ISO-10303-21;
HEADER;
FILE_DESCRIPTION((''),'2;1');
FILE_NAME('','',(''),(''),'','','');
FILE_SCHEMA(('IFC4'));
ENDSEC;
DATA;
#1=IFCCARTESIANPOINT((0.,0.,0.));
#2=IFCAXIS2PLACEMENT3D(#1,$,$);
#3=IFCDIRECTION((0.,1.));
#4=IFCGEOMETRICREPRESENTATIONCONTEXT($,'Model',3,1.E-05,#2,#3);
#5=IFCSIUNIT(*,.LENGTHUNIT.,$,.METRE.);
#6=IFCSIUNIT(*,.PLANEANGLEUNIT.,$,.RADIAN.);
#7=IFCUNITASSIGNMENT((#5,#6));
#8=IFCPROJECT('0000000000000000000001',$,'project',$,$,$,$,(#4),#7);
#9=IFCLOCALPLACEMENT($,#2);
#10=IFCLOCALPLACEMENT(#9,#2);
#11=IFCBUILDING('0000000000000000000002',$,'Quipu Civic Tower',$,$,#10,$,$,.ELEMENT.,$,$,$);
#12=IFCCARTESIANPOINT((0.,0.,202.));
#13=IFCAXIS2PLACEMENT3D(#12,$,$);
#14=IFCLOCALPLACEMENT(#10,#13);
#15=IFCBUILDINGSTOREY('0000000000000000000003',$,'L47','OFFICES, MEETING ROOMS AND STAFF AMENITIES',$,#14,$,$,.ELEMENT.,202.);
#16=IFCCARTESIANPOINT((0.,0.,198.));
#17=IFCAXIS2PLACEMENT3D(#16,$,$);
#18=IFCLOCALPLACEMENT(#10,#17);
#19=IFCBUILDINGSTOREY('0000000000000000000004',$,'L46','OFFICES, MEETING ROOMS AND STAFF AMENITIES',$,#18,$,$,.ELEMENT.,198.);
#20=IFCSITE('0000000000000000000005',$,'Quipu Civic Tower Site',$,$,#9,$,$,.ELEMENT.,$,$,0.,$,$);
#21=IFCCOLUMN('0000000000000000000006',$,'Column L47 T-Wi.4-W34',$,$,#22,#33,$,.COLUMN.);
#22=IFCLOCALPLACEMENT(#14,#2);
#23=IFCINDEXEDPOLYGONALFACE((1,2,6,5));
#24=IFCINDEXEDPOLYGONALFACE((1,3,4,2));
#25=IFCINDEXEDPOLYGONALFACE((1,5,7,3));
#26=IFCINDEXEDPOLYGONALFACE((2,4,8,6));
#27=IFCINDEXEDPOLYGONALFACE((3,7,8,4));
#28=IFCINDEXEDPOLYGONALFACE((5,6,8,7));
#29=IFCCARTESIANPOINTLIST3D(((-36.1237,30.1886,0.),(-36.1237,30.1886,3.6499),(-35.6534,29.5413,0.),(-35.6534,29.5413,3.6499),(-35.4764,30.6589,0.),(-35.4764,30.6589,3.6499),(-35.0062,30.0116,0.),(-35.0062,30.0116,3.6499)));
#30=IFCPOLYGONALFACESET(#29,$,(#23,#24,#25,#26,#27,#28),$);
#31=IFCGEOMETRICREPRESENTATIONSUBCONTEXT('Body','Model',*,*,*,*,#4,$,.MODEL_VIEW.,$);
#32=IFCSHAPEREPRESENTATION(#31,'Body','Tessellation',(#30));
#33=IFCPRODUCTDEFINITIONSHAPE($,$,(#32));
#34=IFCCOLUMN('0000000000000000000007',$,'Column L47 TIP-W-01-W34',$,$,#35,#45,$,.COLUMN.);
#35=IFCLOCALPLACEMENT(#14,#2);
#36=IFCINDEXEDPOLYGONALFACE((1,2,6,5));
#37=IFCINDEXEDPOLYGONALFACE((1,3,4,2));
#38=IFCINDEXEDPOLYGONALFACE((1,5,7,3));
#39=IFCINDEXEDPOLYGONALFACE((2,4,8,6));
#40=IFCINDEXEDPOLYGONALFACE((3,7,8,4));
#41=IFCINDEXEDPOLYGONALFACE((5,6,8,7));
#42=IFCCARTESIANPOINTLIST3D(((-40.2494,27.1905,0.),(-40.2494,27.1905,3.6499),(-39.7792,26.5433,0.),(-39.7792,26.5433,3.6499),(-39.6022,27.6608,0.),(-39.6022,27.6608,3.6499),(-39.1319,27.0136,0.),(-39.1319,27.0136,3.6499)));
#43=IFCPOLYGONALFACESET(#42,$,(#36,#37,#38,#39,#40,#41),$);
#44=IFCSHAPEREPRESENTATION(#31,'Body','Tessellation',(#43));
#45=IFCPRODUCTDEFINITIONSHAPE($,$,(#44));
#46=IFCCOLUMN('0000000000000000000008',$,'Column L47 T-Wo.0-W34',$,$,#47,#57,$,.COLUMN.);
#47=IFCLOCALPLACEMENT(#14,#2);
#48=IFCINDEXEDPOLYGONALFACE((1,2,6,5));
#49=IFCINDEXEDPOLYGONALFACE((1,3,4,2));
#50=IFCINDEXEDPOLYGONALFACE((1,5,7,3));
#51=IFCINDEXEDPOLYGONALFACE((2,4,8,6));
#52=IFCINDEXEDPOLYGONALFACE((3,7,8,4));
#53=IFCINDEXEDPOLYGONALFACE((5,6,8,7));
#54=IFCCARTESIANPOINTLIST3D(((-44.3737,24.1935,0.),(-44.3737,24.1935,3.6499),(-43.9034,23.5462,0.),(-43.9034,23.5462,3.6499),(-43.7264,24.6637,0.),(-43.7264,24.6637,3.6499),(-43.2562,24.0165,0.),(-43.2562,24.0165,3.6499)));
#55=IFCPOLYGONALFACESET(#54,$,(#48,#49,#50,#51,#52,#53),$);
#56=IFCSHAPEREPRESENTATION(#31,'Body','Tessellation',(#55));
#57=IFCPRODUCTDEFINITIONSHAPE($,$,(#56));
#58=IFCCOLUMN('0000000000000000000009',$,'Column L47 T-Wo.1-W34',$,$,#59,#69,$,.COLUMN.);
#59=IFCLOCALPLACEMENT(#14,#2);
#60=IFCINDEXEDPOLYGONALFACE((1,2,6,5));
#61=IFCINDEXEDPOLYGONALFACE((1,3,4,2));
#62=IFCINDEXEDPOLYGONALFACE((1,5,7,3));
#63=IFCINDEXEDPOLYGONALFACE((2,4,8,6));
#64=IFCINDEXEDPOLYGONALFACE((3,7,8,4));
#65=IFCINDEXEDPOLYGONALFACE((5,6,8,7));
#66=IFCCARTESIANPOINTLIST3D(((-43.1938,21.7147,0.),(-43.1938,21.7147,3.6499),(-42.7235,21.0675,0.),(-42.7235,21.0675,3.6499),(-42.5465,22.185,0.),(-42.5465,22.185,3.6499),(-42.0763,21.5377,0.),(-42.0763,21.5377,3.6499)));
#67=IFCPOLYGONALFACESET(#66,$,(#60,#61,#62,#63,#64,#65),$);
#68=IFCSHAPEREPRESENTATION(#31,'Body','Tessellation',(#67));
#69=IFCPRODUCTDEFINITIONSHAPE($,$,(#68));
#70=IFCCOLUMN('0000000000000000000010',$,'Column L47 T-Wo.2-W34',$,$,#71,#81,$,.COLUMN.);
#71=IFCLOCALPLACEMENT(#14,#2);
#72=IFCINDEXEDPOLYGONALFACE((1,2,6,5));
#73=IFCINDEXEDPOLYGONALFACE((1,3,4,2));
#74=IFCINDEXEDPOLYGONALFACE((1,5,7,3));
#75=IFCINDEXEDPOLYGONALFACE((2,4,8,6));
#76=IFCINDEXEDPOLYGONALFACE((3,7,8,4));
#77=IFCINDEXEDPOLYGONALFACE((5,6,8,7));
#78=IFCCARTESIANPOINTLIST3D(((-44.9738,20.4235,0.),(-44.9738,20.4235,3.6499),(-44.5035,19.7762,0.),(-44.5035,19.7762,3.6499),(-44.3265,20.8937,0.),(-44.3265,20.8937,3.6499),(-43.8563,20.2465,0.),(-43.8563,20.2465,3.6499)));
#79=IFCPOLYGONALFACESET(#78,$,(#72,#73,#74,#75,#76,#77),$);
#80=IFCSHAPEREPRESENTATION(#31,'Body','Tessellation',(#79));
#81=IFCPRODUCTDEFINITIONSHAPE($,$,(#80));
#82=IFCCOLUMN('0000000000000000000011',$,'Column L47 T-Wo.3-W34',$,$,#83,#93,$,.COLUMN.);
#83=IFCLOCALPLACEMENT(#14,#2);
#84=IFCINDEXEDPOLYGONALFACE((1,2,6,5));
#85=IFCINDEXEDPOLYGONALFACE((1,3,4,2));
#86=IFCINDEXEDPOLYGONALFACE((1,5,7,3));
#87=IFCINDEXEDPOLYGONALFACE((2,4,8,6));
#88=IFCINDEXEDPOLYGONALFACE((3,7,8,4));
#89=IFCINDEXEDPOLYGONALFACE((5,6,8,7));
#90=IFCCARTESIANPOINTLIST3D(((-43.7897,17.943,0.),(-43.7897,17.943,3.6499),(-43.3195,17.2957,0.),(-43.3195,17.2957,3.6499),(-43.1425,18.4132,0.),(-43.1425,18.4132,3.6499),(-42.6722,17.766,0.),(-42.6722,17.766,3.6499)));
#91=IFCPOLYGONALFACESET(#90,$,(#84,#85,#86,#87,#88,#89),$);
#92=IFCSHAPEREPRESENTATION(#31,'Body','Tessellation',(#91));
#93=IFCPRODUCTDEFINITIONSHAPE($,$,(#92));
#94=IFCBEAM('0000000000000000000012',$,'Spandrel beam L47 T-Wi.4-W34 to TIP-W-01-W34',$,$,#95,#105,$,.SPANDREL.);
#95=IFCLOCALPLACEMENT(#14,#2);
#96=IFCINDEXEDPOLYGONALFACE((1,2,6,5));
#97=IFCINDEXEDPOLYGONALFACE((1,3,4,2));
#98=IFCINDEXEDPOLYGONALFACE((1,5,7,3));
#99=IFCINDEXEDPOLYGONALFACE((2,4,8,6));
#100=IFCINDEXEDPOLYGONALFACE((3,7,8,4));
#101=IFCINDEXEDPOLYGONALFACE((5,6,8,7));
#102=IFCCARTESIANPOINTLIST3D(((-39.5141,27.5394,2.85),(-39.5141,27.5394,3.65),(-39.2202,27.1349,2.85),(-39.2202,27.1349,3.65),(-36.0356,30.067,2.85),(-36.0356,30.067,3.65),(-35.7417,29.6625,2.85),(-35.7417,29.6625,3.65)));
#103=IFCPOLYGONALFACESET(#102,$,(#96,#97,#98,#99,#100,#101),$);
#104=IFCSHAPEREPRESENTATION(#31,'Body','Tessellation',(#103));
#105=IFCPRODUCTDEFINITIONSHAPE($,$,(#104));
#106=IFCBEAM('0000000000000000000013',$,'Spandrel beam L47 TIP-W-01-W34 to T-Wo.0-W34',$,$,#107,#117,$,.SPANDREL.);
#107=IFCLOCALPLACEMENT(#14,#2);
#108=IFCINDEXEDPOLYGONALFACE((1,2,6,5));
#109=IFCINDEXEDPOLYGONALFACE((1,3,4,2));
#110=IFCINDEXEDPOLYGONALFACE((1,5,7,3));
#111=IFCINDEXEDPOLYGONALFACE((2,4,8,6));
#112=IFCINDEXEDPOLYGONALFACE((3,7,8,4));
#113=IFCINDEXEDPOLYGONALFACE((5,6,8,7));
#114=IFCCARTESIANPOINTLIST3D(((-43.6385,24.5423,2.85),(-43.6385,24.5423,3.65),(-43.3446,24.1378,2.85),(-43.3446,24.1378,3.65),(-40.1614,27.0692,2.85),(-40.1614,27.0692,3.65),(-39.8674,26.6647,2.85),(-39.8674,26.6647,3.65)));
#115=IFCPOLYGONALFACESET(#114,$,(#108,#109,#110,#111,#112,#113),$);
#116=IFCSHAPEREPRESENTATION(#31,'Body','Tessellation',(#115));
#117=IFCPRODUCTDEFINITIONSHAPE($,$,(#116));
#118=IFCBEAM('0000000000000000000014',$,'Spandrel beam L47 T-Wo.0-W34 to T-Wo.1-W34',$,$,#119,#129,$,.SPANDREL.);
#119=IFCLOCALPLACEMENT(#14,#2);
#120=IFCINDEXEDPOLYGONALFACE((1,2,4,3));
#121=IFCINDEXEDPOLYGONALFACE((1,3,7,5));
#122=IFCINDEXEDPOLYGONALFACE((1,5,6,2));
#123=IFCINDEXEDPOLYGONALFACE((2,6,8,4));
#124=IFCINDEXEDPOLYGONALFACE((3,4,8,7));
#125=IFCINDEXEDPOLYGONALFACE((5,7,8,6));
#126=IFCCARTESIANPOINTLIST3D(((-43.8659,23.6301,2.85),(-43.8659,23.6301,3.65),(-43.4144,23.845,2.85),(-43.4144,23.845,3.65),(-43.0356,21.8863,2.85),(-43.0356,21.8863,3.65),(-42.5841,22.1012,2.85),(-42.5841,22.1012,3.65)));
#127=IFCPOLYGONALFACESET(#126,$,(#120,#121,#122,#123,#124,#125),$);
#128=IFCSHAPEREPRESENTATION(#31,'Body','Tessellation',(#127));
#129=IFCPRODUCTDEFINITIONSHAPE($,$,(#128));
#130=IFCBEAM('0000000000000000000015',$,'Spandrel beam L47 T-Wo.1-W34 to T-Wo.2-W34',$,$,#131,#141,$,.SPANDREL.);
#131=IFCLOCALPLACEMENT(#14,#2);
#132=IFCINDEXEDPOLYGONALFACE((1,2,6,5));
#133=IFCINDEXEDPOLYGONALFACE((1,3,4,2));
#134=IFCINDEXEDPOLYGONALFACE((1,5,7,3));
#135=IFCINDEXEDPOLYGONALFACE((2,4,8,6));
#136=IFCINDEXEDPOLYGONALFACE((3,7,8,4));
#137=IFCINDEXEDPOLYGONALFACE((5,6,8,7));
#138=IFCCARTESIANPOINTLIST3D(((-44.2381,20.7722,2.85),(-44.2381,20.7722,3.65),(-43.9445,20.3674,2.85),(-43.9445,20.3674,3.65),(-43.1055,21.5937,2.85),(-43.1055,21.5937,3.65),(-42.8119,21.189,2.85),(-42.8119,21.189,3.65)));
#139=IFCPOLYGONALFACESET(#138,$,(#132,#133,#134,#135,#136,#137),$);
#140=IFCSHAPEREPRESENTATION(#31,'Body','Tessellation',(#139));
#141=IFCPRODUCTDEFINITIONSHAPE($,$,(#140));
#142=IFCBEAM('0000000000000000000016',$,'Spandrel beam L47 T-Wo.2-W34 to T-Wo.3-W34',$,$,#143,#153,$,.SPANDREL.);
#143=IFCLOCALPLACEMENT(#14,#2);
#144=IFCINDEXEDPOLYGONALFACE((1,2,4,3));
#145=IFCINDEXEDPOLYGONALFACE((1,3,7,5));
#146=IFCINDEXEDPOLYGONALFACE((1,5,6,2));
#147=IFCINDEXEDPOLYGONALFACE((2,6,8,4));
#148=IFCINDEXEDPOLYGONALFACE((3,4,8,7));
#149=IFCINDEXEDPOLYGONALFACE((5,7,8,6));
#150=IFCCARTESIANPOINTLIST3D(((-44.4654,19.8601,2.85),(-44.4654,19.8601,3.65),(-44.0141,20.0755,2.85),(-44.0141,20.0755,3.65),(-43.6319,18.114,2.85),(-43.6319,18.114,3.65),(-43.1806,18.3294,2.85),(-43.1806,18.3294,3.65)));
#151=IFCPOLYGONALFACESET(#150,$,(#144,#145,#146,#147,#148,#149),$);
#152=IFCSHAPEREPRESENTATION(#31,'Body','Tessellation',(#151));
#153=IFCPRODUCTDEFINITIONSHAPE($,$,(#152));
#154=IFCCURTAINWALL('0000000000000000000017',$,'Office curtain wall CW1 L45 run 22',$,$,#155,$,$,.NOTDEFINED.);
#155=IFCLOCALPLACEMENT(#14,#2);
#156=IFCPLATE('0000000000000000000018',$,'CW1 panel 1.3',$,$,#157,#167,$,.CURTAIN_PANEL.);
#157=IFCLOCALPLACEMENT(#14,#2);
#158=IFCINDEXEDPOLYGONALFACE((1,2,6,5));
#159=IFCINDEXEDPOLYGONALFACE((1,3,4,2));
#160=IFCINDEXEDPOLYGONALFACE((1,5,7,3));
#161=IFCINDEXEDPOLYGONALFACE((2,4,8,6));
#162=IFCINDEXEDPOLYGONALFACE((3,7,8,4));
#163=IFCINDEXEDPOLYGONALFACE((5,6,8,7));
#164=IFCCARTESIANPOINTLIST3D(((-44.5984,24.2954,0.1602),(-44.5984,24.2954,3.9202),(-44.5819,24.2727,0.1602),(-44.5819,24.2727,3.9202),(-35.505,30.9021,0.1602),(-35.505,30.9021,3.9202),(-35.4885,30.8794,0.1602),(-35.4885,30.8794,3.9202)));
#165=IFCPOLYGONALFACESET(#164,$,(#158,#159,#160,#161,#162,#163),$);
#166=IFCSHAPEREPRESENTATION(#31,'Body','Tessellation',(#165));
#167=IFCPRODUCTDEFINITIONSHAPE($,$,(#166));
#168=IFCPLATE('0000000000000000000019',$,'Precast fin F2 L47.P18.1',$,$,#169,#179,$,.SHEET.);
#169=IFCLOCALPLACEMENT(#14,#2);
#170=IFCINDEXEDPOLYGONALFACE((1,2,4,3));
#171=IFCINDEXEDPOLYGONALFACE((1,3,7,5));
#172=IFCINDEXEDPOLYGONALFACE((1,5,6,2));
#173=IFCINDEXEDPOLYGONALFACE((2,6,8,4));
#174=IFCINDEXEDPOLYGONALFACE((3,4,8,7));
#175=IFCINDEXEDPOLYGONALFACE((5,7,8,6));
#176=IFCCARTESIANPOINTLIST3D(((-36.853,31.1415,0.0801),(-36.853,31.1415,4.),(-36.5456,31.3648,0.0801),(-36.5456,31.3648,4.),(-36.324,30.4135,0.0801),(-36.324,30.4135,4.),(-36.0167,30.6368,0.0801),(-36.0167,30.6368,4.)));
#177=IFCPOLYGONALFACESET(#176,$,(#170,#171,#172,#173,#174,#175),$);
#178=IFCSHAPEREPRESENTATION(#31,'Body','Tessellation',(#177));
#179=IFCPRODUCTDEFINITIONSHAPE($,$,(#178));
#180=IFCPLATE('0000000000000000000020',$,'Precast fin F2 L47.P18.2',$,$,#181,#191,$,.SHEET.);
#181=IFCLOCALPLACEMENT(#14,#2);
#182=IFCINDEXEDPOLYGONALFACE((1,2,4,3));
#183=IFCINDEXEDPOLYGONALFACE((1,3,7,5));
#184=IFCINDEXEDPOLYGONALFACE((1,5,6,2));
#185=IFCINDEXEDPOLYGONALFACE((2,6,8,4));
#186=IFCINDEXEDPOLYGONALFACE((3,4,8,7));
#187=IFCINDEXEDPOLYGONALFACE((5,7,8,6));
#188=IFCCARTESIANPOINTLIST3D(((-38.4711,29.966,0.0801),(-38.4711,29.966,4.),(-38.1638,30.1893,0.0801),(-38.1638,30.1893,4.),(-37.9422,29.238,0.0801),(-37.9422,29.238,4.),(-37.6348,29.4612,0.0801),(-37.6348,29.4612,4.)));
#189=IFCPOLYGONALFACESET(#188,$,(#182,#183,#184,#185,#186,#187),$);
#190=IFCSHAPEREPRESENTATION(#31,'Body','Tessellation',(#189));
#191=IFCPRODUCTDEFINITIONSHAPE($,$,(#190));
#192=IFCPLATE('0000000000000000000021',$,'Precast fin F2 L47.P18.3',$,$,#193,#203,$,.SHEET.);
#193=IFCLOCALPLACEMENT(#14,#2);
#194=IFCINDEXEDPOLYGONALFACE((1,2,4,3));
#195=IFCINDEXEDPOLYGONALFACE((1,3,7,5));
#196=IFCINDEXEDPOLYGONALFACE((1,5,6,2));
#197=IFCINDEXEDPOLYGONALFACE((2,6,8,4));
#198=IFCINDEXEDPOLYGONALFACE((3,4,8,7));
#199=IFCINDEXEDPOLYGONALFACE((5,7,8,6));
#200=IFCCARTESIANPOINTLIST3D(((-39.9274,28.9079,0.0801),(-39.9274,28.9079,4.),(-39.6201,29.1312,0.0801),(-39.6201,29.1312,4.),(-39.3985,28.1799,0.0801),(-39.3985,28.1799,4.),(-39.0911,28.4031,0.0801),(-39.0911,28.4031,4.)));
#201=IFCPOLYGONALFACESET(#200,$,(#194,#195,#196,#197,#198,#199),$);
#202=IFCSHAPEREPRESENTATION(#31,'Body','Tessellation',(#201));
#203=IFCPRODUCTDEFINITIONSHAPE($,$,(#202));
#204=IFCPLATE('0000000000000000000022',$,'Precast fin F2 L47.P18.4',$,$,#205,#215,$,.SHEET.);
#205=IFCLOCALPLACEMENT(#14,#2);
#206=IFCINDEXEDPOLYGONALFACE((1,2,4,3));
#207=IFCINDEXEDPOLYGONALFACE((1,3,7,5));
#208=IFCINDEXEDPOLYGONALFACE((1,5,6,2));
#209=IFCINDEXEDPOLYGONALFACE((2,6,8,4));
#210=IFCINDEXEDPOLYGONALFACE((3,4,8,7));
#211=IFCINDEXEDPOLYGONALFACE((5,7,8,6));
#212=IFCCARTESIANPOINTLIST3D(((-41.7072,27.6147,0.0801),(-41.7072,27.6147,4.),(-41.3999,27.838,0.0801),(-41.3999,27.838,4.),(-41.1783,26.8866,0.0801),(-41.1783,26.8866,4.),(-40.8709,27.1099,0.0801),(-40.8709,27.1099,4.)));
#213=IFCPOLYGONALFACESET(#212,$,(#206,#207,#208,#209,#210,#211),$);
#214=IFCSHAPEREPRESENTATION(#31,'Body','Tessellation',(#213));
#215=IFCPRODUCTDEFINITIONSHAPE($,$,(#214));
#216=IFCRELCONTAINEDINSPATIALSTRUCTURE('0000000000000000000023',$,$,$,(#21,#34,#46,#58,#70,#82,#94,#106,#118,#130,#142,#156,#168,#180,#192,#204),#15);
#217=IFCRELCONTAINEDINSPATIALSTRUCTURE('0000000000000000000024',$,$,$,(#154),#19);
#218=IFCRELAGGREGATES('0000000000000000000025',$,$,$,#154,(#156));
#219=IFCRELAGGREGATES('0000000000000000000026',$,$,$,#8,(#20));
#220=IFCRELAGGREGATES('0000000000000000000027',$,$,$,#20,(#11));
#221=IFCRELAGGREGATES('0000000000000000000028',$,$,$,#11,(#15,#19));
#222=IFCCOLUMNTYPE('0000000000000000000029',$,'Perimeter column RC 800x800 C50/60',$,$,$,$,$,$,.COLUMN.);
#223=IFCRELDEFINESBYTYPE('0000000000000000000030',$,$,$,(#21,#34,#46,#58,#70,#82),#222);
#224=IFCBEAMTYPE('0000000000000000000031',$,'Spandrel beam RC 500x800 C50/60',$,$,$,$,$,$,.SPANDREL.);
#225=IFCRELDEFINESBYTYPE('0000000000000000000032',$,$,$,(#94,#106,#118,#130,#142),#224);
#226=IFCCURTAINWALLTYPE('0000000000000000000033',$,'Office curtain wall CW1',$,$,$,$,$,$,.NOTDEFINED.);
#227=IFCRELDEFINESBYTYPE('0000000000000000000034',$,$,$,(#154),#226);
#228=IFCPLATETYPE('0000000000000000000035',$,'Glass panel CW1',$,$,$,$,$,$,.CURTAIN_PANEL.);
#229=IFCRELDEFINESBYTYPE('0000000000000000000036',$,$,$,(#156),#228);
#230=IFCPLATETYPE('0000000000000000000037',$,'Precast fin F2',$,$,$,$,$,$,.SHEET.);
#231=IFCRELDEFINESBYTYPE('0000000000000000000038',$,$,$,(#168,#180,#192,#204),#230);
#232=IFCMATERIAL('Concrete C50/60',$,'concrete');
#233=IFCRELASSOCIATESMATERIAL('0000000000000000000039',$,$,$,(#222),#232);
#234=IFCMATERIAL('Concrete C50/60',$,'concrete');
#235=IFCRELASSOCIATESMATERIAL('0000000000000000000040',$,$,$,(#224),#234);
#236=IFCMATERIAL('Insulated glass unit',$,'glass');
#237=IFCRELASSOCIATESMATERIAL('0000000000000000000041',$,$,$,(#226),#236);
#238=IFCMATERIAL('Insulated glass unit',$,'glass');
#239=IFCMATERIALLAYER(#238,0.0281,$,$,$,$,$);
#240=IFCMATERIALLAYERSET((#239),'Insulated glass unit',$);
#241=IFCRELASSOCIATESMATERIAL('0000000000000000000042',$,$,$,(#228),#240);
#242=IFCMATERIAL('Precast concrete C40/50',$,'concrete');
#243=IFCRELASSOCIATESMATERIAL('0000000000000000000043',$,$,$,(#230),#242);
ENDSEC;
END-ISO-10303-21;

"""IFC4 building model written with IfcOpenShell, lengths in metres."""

from ifc_helpers import new_model, si_unit, direction, frame, origin, origin_2d, place, context, subcontext, project, spatial, rectangle, extrude, material, layer, layer_set, material_profile, profile_set, type_object, element, aggregate, save


model = new_model("IFC4")

# Units and contexts
model_context = context("Model", 3, precision=1e-05, world=origin(), true_north=direction((0.0, 1.0)))
body_context = subcontext(model_context, "Body", "Model", "MODEL_VIEW")
ifc_project = project(units=[si_unit("LENGTHUNIT", "METRE"), si_unit("PLANEANGLEUNIT", "RADIAN")], contexts=[model_context])

# Site, building, storey
site_placement = place(None, origin())
site = spatial("IfcSite", under=ifc_project, at=site_placement, Name="Quipu Civic Tower Site", CompositionType="ELEMENT", RefElevation=0.0)
building_placement = place(site_placement, origin())
building = spatial("IfcBuilding", under=site, at=building_placement, Name="Quipu Civic Tower", CompositionType="ELEMENT")
storey_1_placement = place(building_placement, frame((0.0, 0.0, 202.0)))
storey_1 = spatial("IfcBuildingStorey", under=building, at=storey_1_placement, Name="L47", Description="OFFICES, MEETING ROOMS AND STAFF AMENITIES", CompositionType="ELEMENT", Elevation=202.0)

# Columns
ifc_material_1 = material(Name="Concrete C50/60", Category="concrete")
ifc_material_profile_1 = material_profile(ifc_material_1, rectangle(XDim=0.8, YDim=0.8, at=origin_2d()), Name="RC800x800")
ifc_profile_set_1 = profile_set([ifc_material_profile_1], Name="Concrete C50/60")
column_type = type_object("IfcColumnType", Name="Perimeter column RC 800x800 C50/60", PredefinedType="COLUMN", material=ifc_profile_set_1)
for number, where, z_axis, x_axis, name in (
    (1, (-35.5649, 30.1001, 0.0), (0.0, 0.0, 1.0), (-0.809017, -0.587785, 0.0), "Column L47 T-Wi.4-W34"),
    (2, (-39.6907, 27.1021, 0.0), (0.0, 0.0, 1.0), (-0.809017, -0.587785, 0.0), "Column L47 TIP-W-01-W34"),
    (3, (-43.8149, 24.105, 0.0), (0.0, 0.0, 1.0), (-0.809017, -0.587785, 0.0), "Column L47 T-Wo.0-W34"),
    (4, (-42.635, 21.6262, 0.0), (0.0, 0.0, 1.0), (-0.809017, -0.587785, 0.0), "Column L47 T-Wo.1-W34"),
    (5, (-44.415, 20.335, 0.0), (0.0, 0.0, 1.0), (0.587785, -0.809017, 0.0), "Column L47 T-Wo.2-W34"),
    (6, (-43.231, 17.8545, 0.0), (0.0, 0.0, 1.0), (0.587785, -0.809017, 0.0), "Column L47 T-Wo.3-W34"),
):
    element("IfcColumn", number, at=place(storey_1_placement, frame(where, z_axis=z_axis, x_axis=x_axis)), inside=storey_1, type_object=column_type, Name=name, PredefinedType="COLUMN", context=body_context, shape_type="SweptSolid", body=[
        extrude(rectangle(XDim=0.8, YDim=0.8, at=origin_2d()), origin(), (0.0, 0.0, 1.0), 3.6499),
    ])

# Beams
ifc_material_2 = material(Name="Concrete C50/60", Category="concrete")
ifc_material_profile_2 = material_profile(ifc_material_2, rectangle(XDim=0.5, YDim=0.8, at=origin_2d()), Name="RC500x800")
ifc_profile_set_2 = profile_set([ifc_material_profile_2], Name="Concrete C50/60")
beam_type = type_object("IfcBeamType", Name="Spandrel beam RC 500x800 C50/60", PredefinedType="SPANDREL", material=ifc_profile_set_2)
beam_1_placement = place(storey_1_placement, frame((-35.8887, 29.8647, 3.25), z_axis=(-0.808984, -0.587831, 0.0), x_axis=(0.587831, -0.808984, 0.0)))
element("IfcBeam", 7, at=beam_1_placement, inside=storey_1, type_object=beam_type, Name="Spandrel beam L47 T-Wi.4-W34 to TIP-W-01-W34", PredefinedType="SPANDREL", context=body_context, shape_type="SweptSolid", body=[
    extrude(rectangle(XDim=0.5, YDim=0.8, at=origin_2d()), origin(), (0.0, 0.0, 1.0), 4.2998),
])
beam_2_placement = place(storey_1_placement, frame((-40.0144, 26.8669, 3.25), z_axis=(-0.808947, -0.587881, 0.0), x_axis=(0.587881, -0.808947, 0.0)))
element("IfcBeam", 8, at=beam_2_placement, inside=storey_1, type_object=beam_type, Name="Spandrel beam L47 TIP-W-01-W34 to T-Wo.0-W34", PredefinedType="SPANDREL", context=body_context, shape_type="SweptSolid", body=[
    extrude(rectangle(XDim=0.5, YDim=0.8, at=origin_2d()), origin(), (0.0, 0.0, 1.0), 4.2983),
])
beam_3_placement = place(storey_1_placement, frame((-43.6401, 23.7375, 3.25), z_axis=(0.429889, -0.902882, 0.0), x_axis=(0.902882, 0.429889, 0.0)))
element("IfcBeam", 9, at=beam_3_placement, inside=storey_1, type_object=beam_type, Name="Spandrel beam L47 T-Wo.0-W34 to T-Wo.1-W34", PredefinedType="SPANDREL", context=body_context, shape_type="SweptSolid", body=[
    extrude(rectangle(XDim=0.5, YDim=0.8, at=origin_2d()), origin(), (0.0, 0.0, 1.0), 1.9314),
])
beam_4_placement = place(storey_1_placement, frame((-42.9587, 21.3914, 3.25), z_axis=(-0.809467, -0.587165, 0.0), x_axis=(0.587165, -0.809467, 0.0)))
element("IfcBeam", 10, at=beam_4_placement, inside=storey_1, type_object=beam_type, Name="Spandrel beam L47 T-Wo.1-W34 to T-Wo.2-W34", PredefinedType="SPANDREL", context=body_context, shape_type="SweptSolid", body=[
    extrude(rectangle(XDim=0.5, YDim=0.8, at=origin_2d()), origin(), (0.0, 0.0, 1.0), 1.3992),
])
beam_5_placement = place(storey_1_placement, frame((-44.2397, 19.9678, 3.25), z_axis=(0.430786, -0.902454, 0.0), x_axis=(0.902454, 0.430786, 0.0)))
element("IfcBeam", 11, at=beam_5_placement, inside=storey_1, type_object=beam_type, Name="Spandrel beam L47 T-Wo.2-W34 to T-Wo.3-W34", PredefinedType="SPANDREL", context=body_context, shape_type="SweptSolid", body=[
    extrude(rectangle(XDim=0.5, YDim=0.8, at=origin_2d()), origin(), (0.0, 0.0, 1.0), 1.9348),
])

# Shared definitions
storey_2_placement = place(building_placement, frame((0.0, 0.0, 198.0)))
storey_2 = spatial("IfcBuildingStorey", under=building, at=storey_2_placement, Name="L46", Description="OFFICES, MEETING ROOMS AND STAFF AMENITIES", CompositionType="ELEMENT", Elevation=198.0)

# Curtain wall, plate
ifc_material_3 = material(Name="Insulated glass unit", Category="glass")
curtain_wall_type = type_object("IfcCurtainWallType", Name="Office curtain wall CW1", PredefinedType="NOTDEFINED", material=ifc_material_3)
curtain_wall_placement = place(storey_2_placement, origin())
curtain_wall = element("IfcCurtainWall", 12, at=curtain_wall_placement, inside=storey_2, type_object=curtain_wall_type, Name="Office curtain wall CW1 L45 run 22", PredefinedType="NOTDEFINED")
ifc_material_4 = material(Name="Insulated glass unit", Category="glass")
ifc_layer_1 = layer(ifc_material_4, 0.0281)
ifc_layer_set_1 = layer_set([ifc_layer_1], Name="Insulated glass unit")
plate_type_1 = type_object("IfcPlateType", Name="Glass panel CW1", PredefinedType="CURTAIN_PANEL", material=ifc_layer_set_1)
plate_placement = place(storey_1_placement, frame((-40.0435, 27.5874, 0.1602), z_axis=(0.0, 0.0, 1.0), x_axis=(-0.809015, -0.587788, 0.0)))
plate = element("IfcPlate", 13, at=plate_placement, inside=storey_1, type_object=plate_type_1, Name="CW1 panel 1.3", PredefinedType="CURTAIN_PANEL", context=body_context, shape_type="SweptSolid", body=[
    extrude(rectangle(XDim=11.24, YDim=0.0281, at=origin_2d()), origin(), (0.0, 0.0, 1.0), 3.76),
])
aggregate(curtain_wall, [plate])

# Plates
ifc_material_5 = material(Name="Precast concrete C40/50", Category="concrete")
plate_type_2 = type_object("IfcPlateType", Name="Precast fin F2", PredefinedType="SHEET", material=ifc_material_5)
for number, where, z_axis, x_axis, name in (
    (14, (-36.4348, 30.8892, 0.0801), (0.0, 0.0, 1.0), (-0.809017, -0.587785, 0.0), "Precast fin F2 L47.P18.1"),
    (15, (-38.053, 29.7136, 0.0801), (0.0, 0.0, 1.0), (-0.809017, -0.587785, 0.0), "Precast fin F2 L47.P18.2"),
    (16, (-39.5093, 28.6555, 0.0801), (0.0, 0.0, 1.0), (-0.809017, -0.587785, 0.0), "Precast fin F2 L47.P18.3"),
    (17, (-41.2891, 27.3623, 0.0801), (0.0, 0.0, 1.0), (-0.809017, -0.587785, 0.0), "Precast fin F2 L47.P18.4"),
):
    element("IfcPlate", number, at=place(storey_1_placement, frame(where, z_axis=z_axis, x_axis=x_axis)), inside=storey_1, type_object=plate_type_2, Name=name, PredefinedType="SHEET", context=body_context, shape_type="SweptSolid", body=[
        extrude(rectangle(XDim=0.3799, YDim=0.8999, at=origin_2d()), origin(), (0.0, 0.0, 1.0), 3.9199),
    ])

save(model, "model.ifc")
